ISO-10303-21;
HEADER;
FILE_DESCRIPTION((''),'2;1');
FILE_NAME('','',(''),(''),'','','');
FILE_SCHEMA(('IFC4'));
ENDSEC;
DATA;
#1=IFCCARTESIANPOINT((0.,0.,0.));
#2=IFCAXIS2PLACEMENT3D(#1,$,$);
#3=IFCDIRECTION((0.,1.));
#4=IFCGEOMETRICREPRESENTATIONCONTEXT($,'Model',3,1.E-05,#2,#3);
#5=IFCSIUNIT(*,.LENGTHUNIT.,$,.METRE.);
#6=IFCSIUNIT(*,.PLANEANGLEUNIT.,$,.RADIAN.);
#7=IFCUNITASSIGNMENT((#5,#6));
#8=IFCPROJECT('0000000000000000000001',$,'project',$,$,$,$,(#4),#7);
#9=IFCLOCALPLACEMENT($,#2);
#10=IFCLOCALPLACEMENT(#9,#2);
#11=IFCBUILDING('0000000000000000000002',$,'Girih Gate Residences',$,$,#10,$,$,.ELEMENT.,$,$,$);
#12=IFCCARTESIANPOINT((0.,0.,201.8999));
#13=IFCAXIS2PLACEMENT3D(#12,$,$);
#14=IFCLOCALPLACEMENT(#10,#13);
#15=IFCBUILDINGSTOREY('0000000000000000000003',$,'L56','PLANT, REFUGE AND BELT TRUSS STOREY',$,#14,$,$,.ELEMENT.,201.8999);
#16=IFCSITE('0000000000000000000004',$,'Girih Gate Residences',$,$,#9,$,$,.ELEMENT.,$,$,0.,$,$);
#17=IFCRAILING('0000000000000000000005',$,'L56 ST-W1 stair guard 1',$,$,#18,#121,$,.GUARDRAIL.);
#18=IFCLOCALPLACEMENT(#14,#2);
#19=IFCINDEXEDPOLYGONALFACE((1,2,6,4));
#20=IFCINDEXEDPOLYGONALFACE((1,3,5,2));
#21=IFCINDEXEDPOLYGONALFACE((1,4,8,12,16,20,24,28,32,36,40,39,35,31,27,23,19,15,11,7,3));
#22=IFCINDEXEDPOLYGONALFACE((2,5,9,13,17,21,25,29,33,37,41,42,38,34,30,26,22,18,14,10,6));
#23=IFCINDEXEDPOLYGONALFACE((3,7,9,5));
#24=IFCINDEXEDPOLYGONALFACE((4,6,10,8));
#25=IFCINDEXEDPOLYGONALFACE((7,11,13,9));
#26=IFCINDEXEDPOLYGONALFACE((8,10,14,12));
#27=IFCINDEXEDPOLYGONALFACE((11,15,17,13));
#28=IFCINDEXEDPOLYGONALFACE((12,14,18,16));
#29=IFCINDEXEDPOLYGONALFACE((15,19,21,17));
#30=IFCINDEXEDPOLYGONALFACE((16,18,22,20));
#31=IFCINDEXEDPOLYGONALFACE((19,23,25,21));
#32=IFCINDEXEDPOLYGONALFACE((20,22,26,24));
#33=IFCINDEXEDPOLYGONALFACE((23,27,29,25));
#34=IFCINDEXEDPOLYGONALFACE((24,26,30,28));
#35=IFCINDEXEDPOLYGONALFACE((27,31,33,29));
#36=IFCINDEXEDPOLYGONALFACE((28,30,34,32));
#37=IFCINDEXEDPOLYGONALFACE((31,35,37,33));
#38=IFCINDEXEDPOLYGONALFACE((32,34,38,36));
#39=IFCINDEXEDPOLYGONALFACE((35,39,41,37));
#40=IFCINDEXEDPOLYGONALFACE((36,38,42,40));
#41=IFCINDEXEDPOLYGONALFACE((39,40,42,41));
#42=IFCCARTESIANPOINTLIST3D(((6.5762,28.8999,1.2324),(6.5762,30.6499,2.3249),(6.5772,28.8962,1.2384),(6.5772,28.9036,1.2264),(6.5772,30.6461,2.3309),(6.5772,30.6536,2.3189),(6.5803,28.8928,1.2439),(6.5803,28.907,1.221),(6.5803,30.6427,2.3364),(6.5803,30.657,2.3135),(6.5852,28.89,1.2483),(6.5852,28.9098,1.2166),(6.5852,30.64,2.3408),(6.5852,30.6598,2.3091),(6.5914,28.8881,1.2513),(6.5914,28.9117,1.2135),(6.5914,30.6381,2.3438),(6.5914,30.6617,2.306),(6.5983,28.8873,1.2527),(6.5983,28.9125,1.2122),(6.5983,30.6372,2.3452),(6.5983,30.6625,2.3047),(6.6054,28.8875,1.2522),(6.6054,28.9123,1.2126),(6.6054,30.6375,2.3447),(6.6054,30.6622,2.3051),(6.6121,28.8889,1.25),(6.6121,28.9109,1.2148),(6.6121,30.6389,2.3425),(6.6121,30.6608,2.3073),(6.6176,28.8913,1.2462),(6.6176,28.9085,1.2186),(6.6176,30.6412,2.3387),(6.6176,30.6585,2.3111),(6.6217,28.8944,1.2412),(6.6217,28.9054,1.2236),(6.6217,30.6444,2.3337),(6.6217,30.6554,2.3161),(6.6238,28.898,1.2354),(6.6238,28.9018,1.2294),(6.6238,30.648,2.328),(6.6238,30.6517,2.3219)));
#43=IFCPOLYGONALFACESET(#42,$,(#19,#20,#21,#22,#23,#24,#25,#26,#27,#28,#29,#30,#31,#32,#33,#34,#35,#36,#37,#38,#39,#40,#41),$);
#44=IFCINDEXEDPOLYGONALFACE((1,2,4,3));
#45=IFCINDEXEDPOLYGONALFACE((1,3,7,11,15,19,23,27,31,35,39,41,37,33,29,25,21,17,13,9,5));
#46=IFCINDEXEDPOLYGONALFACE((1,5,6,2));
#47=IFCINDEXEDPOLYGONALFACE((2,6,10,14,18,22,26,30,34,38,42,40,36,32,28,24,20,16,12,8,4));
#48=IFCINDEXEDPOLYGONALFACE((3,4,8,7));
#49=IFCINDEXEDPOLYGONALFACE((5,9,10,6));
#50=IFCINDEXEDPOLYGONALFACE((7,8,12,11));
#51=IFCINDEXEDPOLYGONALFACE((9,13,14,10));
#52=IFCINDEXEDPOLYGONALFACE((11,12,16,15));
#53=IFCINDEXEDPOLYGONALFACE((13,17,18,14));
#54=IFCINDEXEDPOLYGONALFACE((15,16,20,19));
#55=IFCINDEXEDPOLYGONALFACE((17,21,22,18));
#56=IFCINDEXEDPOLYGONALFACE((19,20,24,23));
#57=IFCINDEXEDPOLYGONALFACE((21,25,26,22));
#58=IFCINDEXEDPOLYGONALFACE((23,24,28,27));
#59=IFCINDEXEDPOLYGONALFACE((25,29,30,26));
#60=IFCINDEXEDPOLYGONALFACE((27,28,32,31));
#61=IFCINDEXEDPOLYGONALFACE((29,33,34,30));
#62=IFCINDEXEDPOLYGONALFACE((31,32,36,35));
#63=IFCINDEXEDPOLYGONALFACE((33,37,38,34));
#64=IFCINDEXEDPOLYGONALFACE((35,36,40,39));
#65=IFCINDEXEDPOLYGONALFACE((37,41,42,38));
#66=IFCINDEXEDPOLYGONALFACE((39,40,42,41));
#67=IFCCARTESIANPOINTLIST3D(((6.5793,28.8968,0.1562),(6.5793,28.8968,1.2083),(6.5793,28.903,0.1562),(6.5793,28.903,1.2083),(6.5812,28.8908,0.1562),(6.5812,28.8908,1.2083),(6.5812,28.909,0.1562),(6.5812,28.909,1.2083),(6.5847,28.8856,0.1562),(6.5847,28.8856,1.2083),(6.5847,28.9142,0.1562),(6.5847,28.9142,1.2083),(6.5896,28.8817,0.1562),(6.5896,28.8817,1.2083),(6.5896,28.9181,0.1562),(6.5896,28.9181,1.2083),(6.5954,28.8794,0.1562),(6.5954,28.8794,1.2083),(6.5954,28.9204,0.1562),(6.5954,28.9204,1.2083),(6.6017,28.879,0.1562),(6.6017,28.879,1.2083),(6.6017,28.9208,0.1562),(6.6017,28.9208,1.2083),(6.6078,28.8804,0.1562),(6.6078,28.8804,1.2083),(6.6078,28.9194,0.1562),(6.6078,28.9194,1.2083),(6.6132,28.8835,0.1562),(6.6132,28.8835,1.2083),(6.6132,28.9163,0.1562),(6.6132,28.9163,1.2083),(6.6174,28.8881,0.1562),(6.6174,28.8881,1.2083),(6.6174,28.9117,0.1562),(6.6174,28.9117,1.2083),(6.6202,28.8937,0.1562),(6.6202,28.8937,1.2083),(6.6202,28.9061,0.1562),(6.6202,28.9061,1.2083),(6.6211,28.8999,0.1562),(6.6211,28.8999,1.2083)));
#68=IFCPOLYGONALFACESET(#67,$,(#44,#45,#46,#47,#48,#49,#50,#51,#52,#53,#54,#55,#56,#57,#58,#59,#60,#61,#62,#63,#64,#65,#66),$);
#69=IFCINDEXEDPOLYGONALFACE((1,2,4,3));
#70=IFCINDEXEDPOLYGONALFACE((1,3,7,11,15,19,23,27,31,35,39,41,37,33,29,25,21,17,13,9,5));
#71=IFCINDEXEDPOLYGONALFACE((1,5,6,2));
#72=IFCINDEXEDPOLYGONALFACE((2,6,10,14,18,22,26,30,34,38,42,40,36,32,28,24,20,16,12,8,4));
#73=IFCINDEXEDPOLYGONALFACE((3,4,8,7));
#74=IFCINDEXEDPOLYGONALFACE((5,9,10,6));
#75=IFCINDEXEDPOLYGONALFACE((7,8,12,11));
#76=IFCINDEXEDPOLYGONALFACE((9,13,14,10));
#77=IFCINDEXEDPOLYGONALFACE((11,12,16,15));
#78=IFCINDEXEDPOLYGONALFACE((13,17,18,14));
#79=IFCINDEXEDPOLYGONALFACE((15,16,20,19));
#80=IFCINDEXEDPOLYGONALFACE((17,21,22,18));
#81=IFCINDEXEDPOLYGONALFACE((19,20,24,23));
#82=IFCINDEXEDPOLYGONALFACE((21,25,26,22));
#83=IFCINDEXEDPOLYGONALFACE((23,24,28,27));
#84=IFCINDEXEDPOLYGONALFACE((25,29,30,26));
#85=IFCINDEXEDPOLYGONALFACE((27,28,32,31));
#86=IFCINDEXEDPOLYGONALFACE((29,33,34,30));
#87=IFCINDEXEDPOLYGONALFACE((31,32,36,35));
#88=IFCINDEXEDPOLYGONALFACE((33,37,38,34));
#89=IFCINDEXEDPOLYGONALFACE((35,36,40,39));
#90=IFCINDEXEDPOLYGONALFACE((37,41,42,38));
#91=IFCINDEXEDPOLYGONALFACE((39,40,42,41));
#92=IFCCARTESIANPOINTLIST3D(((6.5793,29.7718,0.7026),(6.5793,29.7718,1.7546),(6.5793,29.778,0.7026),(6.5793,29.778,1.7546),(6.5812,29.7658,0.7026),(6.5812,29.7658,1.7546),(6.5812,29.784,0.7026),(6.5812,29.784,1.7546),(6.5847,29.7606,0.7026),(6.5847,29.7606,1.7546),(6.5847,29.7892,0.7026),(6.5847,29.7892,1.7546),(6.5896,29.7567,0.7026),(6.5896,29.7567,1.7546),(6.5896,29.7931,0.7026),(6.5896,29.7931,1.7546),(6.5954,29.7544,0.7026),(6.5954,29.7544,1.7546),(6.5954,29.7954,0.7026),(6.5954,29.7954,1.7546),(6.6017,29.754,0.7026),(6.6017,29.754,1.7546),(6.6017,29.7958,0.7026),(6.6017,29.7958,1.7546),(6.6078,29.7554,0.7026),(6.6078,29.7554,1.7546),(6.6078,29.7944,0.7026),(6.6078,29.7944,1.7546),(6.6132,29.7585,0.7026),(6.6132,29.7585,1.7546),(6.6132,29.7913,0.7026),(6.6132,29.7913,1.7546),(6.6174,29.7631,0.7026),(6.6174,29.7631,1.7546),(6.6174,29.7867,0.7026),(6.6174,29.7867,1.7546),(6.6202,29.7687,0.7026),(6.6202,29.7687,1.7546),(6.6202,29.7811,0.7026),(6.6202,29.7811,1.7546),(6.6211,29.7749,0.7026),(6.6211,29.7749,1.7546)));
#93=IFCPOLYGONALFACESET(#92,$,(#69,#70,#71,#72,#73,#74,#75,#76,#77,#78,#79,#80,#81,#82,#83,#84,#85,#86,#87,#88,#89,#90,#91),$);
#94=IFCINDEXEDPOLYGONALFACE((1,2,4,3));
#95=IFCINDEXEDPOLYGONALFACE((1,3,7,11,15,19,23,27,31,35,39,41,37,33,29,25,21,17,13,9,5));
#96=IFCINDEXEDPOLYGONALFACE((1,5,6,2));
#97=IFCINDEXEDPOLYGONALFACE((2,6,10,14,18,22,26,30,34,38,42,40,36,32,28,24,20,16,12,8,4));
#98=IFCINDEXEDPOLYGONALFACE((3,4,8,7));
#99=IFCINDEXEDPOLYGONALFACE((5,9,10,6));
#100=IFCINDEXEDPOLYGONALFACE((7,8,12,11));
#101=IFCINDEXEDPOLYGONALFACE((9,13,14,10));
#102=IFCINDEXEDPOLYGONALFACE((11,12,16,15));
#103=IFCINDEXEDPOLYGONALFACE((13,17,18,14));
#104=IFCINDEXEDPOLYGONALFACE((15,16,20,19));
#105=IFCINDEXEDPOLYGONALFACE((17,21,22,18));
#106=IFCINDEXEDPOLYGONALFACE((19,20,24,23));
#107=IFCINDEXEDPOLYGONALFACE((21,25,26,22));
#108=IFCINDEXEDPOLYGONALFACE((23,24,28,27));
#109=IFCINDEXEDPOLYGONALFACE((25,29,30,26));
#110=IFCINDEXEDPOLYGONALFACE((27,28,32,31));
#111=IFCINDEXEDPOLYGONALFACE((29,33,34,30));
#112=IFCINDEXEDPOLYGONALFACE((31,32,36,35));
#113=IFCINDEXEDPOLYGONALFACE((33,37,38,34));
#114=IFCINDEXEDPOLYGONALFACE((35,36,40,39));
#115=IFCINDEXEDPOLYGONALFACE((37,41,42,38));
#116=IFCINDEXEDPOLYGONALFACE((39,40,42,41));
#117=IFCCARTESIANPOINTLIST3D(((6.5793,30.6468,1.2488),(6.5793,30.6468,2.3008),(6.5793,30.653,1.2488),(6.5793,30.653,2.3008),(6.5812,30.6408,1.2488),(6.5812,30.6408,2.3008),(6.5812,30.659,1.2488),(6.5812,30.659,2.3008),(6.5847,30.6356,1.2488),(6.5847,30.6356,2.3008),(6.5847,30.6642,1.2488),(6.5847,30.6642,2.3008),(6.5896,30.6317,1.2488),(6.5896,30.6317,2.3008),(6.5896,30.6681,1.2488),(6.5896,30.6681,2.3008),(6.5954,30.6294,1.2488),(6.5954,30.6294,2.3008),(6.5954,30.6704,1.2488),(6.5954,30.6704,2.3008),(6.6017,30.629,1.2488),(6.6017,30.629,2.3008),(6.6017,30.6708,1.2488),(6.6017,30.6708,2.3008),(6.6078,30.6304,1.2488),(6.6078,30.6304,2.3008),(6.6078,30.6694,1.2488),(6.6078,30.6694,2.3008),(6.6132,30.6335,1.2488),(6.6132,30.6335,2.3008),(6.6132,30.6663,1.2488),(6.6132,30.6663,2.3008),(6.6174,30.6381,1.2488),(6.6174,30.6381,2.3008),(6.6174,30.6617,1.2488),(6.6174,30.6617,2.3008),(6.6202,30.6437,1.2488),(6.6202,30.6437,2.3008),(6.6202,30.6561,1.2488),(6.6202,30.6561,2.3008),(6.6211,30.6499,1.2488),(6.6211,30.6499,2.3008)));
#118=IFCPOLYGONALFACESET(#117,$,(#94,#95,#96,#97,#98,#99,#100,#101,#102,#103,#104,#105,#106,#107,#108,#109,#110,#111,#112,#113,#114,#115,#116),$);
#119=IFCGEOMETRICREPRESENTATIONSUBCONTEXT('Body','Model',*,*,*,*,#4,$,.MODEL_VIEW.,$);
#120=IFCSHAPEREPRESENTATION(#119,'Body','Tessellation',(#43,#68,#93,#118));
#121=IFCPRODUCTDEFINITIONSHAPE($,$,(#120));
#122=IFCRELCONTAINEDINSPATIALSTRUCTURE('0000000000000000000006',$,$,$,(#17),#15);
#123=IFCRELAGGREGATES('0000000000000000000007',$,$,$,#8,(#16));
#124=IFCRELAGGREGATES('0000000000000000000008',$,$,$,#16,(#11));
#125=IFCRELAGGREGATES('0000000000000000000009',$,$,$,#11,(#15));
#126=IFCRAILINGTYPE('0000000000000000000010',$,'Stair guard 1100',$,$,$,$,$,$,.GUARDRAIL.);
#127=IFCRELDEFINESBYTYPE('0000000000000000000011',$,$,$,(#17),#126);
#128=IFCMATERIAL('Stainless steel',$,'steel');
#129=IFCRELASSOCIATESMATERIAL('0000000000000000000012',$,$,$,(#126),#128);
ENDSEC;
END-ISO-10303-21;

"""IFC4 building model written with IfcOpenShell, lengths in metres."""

from ifc_helpers import new_model, si_unit, direction, frame, origin, origin_2d, place, context, subcontext, project, spatial, circle, extrude, material, type_object, element, save


model = new_model("IFC4")

# Units and contexts
model_context = context("Model", 3, precision=1e-05, world=origin(), true_north=direction((0.0, 1.0)))
body_context = subcontext(model_context, "Body", "Model", "MODEL_VIEW")
ifc_project = project(units=[si_unit("LENGTHUNIT", "METRE"), si_unit("PLANEANGLEUNIT", "RADIAN")], contexts=[model_context])

# Site, building, storey
site_placement = place(None, origin())
site = spatial("IfcSite", under=ifc_project, at=site_placement, Name="Girih Gate Residences", CompositionType="ELEMENT", RefElevation=0.0)
building_placement = place(site_placement, origin())
building = spatial("IfcBuilding", under=site, at=building_placement, Name="Girih Gate Residences", CompositionType="ELEMENT")
storey_placement = place(building_placement, frame((0.0, 0.0, 201.8999)))
storey = spatial("IfcBuildingStorey", under=building, at=storey_placement, Name="L56", Description="PLANT, REFUGE AND BELT TRUSS STOREY", CompositionType="ELEMENT", Elevation=201.8999)

# Shared definitions
ifc_material_1 = material(Name="Stainless steel", Category="steel")

# Railing
railing_type_1 = type_object("IfcRailingType", Name="Stair guard 1100", PredefinedType="GUARDRAIL", material=ifc_material_1)
railing_1_placement = place(storey_placement, frame((6.6001, 28.8999, 0.1562)))
element("IfcRailing", 1, at=railing_1_placement, inside=storey, type_object=railing_type_1, Name="L56 ST-W1 stair guard 1", PredefinedType="GUARDRAIL", context=body_context, shape_type="SweptSolid", body=[
    extrude(circle(Radius=0.0239, at=origin_2d()), frame((0.0, 0.0, 1.0762), z_axis=(0.0, 0.848264, 0.529573), x_axis=(-1.0, 0.0, 0.0)), (0.0, 0.0, 1.0), 2.063),
    extrude(circle(Radius=0.021, at=origin_2d()), origin(), (0.0, 0.0, 1.0), 1.052),
    extrude(circle(Radius=0.021, at=origin_2d()), frame((0.0, 0.875, 0.5464)), (0.0, 0.0, 1.0), 1.052),
    extrude(circle(Radius=0.021, at=origin_2d()), frame((0.0, 1.75, 1.0925)), (0.0, 0.0, 1.0), 1.052),
])

save(model, "model.ifc")
